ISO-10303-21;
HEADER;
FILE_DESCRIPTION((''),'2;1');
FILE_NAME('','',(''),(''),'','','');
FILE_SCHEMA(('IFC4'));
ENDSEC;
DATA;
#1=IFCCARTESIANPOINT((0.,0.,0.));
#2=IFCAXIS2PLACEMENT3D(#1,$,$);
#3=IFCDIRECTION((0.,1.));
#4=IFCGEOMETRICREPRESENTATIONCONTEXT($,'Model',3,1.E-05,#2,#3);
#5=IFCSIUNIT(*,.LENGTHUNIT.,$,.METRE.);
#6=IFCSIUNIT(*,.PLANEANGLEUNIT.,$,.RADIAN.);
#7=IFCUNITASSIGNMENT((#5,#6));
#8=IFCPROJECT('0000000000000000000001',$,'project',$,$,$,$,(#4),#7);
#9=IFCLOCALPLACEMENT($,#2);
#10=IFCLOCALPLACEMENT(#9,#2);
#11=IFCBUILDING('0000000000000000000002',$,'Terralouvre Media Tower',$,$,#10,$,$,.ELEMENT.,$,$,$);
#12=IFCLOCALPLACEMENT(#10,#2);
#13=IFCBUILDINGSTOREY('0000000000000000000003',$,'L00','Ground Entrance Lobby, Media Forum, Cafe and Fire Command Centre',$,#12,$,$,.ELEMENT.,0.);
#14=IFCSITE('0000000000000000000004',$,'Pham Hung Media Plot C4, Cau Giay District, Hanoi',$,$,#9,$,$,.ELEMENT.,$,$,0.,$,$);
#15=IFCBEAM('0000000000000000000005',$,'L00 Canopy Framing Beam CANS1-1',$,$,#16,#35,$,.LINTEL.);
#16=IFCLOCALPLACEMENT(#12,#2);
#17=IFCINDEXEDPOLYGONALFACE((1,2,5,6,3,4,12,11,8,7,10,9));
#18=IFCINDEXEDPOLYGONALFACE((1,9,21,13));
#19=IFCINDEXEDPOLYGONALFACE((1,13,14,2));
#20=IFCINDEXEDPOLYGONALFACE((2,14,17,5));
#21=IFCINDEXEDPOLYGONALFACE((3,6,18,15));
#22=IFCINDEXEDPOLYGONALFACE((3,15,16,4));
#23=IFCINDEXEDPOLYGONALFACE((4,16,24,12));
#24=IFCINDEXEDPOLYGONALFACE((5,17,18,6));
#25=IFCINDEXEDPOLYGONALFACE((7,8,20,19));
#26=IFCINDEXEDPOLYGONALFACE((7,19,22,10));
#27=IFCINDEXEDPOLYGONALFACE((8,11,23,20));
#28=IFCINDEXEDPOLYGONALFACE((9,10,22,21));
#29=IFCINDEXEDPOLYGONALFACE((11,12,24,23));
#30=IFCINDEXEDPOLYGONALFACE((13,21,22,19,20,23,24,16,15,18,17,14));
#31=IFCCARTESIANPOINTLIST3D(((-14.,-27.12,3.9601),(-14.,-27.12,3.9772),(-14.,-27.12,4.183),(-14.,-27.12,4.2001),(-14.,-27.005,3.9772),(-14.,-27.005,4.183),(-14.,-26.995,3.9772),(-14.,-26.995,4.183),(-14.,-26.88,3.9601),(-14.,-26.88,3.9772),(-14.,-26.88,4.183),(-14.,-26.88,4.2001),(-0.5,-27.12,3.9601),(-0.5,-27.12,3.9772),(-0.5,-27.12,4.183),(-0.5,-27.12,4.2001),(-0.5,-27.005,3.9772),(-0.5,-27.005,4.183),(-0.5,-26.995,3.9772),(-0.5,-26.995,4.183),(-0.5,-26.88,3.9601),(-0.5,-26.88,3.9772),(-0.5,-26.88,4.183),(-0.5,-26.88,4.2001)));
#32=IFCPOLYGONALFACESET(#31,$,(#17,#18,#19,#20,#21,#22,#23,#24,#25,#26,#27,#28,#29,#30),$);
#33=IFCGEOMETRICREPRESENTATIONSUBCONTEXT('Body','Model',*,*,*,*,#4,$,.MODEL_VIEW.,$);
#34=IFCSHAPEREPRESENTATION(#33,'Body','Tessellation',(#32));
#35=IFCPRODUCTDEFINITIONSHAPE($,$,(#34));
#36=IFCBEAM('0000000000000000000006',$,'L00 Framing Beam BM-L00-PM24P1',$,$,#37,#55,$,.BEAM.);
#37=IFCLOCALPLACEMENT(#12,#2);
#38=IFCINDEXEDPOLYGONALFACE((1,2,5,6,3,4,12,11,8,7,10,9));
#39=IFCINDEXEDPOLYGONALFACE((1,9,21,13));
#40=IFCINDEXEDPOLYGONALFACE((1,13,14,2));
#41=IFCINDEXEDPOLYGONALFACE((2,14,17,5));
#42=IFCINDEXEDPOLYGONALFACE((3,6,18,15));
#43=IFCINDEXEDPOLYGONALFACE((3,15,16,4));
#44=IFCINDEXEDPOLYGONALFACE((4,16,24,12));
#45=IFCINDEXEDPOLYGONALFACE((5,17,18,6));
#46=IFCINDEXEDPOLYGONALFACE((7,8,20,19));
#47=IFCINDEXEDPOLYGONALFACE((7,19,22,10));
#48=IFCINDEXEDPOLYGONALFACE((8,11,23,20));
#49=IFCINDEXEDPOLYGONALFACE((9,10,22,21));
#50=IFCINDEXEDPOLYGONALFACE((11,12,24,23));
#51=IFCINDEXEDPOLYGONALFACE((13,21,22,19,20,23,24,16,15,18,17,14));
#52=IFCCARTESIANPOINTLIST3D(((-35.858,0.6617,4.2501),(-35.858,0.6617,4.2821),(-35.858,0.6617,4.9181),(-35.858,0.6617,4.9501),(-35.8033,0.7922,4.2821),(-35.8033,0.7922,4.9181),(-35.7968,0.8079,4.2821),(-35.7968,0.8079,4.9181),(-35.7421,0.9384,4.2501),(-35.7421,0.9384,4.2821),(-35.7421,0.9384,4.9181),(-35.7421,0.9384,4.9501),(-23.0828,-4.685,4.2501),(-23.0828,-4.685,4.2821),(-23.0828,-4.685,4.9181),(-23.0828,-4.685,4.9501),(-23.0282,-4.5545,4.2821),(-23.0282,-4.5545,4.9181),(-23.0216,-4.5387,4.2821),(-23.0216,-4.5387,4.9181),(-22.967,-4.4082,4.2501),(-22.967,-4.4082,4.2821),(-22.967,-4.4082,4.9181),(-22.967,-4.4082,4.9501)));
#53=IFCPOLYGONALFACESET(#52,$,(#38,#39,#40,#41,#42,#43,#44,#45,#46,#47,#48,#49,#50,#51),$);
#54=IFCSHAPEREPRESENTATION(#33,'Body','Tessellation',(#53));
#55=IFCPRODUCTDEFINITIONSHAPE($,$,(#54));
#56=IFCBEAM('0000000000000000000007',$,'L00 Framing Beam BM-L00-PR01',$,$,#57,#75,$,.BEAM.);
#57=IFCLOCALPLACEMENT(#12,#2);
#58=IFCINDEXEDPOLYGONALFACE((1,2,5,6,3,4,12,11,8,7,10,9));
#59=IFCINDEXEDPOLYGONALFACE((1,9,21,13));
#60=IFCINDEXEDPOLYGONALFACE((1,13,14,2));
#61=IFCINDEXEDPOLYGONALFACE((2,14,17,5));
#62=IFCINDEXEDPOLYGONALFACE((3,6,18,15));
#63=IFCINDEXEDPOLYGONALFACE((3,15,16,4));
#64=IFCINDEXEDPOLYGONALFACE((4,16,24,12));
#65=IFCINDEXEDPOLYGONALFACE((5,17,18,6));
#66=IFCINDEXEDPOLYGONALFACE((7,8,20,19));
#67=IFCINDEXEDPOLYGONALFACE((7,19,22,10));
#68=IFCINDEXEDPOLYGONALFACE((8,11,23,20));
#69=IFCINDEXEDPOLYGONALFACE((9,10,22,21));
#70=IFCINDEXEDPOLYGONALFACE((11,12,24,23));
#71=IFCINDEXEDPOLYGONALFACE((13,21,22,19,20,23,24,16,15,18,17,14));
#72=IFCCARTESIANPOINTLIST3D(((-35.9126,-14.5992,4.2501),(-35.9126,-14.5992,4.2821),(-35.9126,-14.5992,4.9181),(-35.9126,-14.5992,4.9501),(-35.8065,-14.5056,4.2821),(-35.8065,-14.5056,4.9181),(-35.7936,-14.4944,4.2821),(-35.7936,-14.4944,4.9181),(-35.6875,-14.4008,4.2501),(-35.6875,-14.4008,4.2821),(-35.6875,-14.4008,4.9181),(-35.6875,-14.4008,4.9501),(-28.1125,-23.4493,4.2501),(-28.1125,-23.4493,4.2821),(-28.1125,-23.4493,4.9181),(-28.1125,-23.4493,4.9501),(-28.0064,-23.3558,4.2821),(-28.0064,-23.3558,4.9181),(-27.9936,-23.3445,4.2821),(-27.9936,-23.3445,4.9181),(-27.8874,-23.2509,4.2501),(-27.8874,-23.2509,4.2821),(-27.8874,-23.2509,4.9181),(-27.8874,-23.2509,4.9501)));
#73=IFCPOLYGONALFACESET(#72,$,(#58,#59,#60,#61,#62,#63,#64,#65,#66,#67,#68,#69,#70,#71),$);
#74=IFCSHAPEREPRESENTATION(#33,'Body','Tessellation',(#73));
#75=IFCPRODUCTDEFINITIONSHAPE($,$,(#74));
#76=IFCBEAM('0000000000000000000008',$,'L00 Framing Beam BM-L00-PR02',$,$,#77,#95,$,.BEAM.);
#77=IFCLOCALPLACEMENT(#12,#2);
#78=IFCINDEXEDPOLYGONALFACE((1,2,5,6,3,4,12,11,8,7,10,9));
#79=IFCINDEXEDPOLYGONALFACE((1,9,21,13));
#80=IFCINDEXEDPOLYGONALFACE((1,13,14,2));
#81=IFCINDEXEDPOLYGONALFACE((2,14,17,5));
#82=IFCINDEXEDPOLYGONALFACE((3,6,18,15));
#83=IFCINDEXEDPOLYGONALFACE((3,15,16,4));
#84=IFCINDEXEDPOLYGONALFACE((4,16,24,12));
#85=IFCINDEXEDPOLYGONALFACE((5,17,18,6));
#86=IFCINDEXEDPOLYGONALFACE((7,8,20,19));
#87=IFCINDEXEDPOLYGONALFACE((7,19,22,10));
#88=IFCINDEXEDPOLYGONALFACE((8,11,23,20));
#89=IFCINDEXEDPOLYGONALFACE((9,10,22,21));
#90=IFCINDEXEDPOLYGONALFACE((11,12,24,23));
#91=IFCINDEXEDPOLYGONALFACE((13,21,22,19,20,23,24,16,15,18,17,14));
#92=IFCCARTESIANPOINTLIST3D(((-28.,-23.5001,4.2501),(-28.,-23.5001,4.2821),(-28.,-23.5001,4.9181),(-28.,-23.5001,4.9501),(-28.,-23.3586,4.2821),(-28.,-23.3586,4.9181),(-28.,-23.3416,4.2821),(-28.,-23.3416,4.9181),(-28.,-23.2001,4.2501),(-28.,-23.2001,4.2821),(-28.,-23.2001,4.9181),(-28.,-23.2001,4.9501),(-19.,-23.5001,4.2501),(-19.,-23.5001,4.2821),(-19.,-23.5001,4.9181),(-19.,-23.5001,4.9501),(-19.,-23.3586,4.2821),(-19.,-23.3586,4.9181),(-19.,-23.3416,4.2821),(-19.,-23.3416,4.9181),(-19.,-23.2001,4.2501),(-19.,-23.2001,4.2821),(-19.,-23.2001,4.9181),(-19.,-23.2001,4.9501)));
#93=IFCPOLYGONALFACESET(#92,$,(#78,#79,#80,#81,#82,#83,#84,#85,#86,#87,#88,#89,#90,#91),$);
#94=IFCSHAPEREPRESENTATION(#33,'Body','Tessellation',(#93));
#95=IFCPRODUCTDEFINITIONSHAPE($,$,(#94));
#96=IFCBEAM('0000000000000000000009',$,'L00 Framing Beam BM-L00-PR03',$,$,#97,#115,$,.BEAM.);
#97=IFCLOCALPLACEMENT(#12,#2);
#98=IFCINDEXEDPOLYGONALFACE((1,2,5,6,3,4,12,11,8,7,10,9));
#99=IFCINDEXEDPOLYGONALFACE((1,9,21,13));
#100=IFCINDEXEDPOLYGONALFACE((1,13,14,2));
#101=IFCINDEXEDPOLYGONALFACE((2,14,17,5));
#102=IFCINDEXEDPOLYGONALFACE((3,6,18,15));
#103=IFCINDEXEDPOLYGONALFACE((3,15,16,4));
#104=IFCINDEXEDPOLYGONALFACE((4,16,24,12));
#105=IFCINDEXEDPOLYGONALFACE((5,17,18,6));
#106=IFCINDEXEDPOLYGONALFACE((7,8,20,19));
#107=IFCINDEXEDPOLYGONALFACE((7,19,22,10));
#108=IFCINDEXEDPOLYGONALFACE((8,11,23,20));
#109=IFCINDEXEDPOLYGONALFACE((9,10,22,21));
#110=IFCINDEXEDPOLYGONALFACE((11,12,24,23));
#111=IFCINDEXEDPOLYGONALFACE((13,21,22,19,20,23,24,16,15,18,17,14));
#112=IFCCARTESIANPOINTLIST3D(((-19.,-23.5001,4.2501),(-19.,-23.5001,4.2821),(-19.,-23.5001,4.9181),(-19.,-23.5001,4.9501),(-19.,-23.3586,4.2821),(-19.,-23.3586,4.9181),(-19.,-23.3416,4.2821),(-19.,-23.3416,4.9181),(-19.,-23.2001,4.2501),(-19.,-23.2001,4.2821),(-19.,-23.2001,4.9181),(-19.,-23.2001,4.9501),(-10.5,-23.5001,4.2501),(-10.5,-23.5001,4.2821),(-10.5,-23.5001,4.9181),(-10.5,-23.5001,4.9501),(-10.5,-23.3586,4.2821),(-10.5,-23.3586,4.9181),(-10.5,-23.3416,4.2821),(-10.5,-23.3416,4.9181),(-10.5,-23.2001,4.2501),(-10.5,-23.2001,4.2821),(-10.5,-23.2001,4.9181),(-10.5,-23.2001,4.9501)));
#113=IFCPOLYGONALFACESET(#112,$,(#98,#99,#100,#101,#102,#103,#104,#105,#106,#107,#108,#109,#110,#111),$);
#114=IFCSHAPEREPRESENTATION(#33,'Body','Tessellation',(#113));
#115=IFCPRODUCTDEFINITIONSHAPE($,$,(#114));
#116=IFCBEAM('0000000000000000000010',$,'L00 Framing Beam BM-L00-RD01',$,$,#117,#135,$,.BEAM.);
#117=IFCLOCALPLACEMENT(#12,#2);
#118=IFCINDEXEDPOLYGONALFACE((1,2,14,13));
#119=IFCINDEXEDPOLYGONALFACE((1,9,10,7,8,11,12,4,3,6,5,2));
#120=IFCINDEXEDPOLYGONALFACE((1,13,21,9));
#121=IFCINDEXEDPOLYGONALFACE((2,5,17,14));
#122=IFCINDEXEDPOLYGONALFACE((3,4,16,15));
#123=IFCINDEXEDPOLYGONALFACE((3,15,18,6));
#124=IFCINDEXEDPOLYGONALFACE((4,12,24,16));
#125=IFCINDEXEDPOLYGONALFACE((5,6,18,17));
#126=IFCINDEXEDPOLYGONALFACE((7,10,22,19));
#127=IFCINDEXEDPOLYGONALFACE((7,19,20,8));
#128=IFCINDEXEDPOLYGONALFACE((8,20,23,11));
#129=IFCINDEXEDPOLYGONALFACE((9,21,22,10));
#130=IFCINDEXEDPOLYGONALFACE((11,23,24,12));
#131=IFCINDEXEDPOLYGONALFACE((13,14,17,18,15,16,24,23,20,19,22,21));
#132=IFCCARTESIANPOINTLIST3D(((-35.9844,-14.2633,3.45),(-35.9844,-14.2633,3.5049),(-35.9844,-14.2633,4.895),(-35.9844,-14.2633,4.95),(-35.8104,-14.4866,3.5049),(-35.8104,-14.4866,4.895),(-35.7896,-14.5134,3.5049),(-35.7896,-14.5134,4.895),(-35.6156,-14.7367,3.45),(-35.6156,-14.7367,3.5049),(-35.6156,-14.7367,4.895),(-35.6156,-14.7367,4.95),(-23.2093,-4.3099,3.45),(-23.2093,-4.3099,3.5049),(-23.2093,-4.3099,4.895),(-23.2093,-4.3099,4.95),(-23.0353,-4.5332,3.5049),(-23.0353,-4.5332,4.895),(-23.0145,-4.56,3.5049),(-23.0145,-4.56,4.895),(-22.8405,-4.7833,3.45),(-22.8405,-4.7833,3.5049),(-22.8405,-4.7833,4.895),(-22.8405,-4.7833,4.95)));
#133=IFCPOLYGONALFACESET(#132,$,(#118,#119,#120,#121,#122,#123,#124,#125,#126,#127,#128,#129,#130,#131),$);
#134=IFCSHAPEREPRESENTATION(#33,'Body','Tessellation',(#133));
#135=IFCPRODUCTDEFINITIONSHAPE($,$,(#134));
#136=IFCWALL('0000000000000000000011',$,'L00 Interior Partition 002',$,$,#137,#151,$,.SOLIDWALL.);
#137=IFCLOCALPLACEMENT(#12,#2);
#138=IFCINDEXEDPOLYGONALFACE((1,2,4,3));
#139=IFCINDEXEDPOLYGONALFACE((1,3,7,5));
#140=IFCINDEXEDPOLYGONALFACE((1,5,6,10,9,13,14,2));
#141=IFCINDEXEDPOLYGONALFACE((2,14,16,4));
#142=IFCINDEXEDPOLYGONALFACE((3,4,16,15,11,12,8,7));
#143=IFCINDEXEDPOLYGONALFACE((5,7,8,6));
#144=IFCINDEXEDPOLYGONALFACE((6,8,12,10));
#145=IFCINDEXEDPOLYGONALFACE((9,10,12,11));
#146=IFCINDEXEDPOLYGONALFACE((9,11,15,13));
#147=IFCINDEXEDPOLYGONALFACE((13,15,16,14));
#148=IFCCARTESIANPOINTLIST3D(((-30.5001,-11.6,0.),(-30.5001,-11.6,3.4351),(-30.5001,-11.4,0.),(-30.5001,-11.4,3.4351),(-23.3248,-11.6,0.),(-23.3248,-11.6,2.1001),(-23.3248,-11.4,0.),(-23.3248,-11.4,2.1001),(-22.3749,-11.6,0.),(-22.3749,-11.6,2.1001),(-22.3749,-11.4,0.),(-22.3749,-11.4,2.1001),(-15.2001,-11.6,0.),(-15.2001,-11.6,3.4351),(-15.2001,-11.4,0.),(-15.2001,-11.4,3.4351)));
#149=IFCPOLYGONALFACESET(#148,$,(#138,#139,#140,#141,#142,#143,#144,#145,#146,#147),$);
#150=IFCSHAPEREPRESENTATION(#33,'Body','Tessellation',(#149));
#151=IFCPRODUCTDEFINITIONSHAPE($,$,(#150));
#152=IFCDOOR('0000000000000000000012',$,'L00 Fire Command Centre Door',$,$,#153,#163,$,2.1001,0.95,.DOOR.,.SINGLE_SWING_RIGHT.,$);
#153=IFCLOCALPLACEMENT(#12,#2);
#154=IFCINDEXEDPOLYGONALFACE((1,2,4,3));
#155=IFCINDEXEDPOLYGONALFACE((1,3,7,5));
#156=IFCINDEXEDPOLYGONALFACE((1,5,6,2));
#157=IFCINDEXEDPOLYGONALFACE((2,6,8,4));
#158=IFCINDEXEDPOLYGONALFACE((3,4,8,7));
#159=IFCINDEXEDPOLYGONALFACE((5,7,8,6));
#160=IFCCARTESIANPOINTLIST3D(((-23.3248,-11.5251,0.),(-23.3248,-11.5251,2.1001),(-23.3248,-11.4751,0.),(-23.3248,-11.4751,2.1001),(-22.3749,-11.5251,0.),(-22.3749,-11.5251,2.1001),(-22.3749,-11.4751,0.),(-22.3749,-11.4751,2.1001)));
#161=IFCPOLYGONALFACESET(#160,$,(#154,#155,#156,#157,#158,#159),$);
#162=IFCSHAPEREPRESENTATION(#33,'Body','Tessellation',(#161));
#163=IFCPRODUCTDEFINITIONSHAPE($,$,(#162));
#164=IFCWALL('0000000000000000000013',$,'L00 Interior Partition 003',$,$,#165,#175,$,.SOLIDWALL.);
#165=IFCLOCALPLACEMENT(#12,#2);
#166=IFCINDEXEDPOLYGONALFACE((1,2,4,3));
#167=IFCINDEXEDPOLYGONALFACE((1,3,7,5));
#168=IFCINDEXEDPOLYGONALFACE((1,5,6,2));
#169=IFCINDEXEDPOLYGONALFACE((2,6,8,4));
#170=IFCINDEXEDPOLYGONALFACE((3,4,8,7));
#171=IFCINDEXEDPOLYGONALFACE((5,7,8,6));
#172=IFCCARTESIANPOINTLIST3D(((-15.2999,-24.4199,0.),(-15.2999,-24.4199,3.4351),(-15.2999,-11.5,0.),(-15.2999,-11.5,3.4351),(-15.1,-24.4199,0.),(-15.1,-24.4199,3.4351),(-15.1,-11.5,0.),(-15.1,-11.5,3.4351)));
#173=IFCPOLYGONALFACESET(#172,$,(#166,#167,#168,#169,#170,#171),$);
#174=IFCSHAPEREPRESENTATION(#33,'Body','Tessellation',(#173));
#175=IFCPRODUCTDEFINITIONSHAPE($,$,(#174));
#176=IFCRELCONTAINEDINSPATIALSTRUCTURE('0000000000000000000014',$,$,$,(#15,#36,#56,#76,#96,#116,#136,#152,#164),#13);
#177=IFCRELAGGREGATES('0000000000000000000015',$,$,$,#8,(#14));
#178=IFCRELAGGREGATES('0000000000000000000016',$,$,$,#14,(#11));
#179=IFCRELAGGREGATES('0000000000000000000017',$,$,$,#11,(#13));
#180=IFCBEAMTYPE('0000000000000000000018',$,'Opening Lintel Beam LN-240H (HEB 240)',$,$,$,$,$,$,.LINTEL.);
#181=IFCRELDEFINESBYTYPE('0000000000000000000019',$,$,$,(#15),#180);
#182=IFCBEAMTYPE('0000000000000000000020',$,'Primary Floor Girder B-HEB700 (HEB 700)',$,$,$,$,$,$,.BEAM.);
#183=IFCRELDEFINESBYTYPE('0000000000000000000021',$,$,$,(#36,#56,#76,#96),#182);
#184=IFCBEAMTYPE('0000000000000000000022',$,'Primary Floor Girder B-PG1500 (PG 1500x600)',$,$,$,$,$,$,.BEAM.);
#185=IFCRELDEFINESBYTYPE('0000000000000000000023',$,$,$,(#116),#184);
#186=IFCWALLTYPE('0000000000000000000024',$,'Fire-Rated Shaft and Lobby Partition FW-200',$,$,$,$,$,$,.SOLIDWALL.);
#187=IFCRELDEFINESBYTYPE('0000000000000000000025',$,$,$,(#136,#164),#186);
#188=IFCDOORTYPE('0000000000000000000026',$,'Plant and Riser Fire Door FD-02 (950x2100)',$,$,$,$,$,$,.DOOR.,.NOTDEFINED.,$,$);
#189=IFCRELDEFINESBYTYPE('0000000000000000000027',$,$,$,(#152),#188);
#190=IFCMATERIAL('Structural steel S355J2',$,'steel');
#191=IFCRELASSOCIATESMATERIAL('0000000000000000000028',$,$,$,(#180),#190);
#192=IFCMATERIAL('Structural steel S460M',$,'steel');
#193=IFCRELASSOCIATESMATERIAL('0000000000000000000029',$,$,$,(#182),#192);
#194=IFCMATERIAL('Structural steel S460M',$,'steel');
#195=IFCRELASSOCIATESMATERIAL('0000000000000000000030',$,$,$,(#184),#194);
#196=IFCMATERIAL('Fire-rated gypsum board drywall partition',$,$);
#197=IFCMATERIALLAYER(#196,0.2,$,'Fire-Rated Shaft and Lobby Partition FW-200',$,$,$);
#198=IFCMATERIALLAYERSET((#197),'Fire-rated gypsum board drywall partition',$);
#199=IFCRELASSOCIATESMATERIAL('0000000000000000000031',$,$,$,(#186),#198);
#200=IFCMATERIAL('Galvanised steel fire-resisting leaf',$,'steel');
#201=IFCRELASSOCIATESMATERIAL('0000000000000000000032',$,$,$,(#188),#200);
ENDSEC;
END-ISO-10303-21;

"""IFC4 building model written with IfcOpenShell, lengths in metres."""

from ifc_helpers import new_model, si_unit, direction, frame, frame_2d, origin, origin_2d, place, context, subcontext, project, spatial, rectangle, i_section, extrude, material, layer, layer_set, material_profile, profile_set, type_object, element, fill, save


model = new_model("IFC4")

# Units and contexts
model_context = context("Model", 3, precision=1e-05, world=origin(), true_north=direction((0.0, 1.0)))
body_context = subcontext(model_context, "Body", "Model", "MODEL_VIEW")
ifc_project = project(units=[si_unit("LENGTHUNIT", "METRE"), si_unit("PLANEANGLEUNIT", "RADIAN")], contexts=[model_context])

# Site, building, storey
site_placement = place(None, origin())
site = spatial("IfcSite", under=ifc_project, at=site_placement, Name="Pham Hung Media Plot C4, Cau Giay District, Hanoi", CompositionType="ELEMENT", RefElevation=0.0)
building_placement = place(site_placement, origin())
building = spatial("IfcBuilding", under=site, at=building_placement, Name="Terralouvre Media Tower", CompositionType="ELEMENT")
storey_placement = place(building_placement, origin())
storey = spatial("IfcBuildingStorey", under=building, at=storey_placement, Name="L00", Description="Ground Entrance Lobby, Media Forum, Cafe and Fire Command Centre", CompositionType="ELEMENT", Elevation=0.0)

# Beams
ifc_material_1 = material(Name="Structural steel S355J2", Category="steel")
ifc_material_profile_1 = material_profile(ifc_material_1, i_section(OverallWidth=0.24, OverallDepth=0.24, WebThickness=0.01, FlangeThickness=0.0171, at=origin_2d()), Name="HEB 240")
ifc_profile_set_1 = profile_set([ifc_material_profile_1], Name="Structural steel S355J2")
beam_type_1 = type_object("IfcBeamType", Name="Opening Lintel Beam LN-240H (HEB 240)", PredefinedType="LINTEL", material=ifc_profile_set_1)
beam_1_placement = place(storey_placement, frame((-14.0, -27.0, 4.0801), z_axis=(1.0, 0.0, 0.0), x_axis=(0.0, 1.0, 0.0)))
element("IfcBeam", 1, at=beam_1_placement, inside=storey, type_object=beam_type_1, Name="L00 Canopy Framing Beam CANS1-1", PredefinedType="LINTEL", context=body_context, shape_type="SweptSolid", body=[
    extrude(i_section(OverallWidth=0.24, OverallDepth=0.24, WebThickness=0.01, FlangeThickness=0.0171, at=origin_2d()), origin(), (0.0, 0.0, 1.0), 13.5),
])
ifc_material_2 = material(Name="Structural steel S460M", Category="steel")
ifc_material_profile_2 = material_profile(ifc_material_2, i_section(OverallWidth=0.3, OverallDepth=0.7, WebThickness=0.0171, FlangeThickness=0.032, at=origin_2d()), Name="HEB 700")
ifc_profile_set_2 = profile_set([ifc_material_profile_2], Name="Structural steel S460M")
beam_type_2 = type_object("IfcBeamType", Name="Primary Floor Girder B-HEB700 (HEB 700)", PredefinedType="BEAM", material=ifc_profile_set_2)
beam_2_placement = place(storey_placement, frame((-23.0249, -4.5466, 4.6001), z_axis=(-0.922468, 0.386073, 0.0), x_axis=(-0.386073, -0.922468, 0.0)))
element("IfcBeam", 2, at=beam_2_placement, inside=storey, type_object=beam_type_2, Name="L00 Framing Beam BM-L00-PM24P1", PredefinedType="BEAM", context=body_context, shape_type="SweptSolid", body=[
    extrude(i_section(OverallWidth=0.3, OverallDepth=0.7, WebThickness=0.0171, FlangeThickness=0.032, at=origin_2d()), origin(), (0.0, 0.0, 1.0), 13.8489),
])
beam_3_placement = place(storey_placement, frame((-35.8, -14.5, 4.6001), z_axis=(0.661199, -0.75021, 0.0), x_axis=(0.75021, 0.661199, 0.0)))
element("IfcBeam", 3, at=beam_3_placement, inside=storey, type_object=beam_type_2, Name="L00 Framing Beam BM-L00-PR01", PredefinedType="BEAM", context=body_context, shape_type="SweptSolid", body=[
    extrude(i_section(OverallWidth=0.3, OverallDepth=0.7, WebThickness=0.0171, FlangeThickness=0.032, at=origin_2d()), origin(), (0.0, 0.0, 1.0), 11.7969),
])
beam_4_placement = place(storey_placement, frame((-28.0, -23.3501, 4.6001), z_axis=(1.0, 0.0, 0.0), x_axis=(0.0, 1.0, 0.0)))
element("IfcBeam", 4, at=beam_4_placement, inside=storey, type_object=beam_type_2, Name="L00 Framing Beam BM-L00-PR02", PredefinedType="BEAM", context=body_context, shape_type="SweptSolid", body=[
    extrude(i_section(OverallWidth=0.3, OverallDepth=0.7, WebThickness=0.0171, FlangeThickness=0.032, at=origin_2d()), origin(), (0.0, 0.0, 1.0), 9.0),
])
beam_5_placement = place(storey_placement, frame((-19.0, -23.3501, 4.6001), z_axis=(1.0, 0.0, 0.0), x_axis=(0.0, 1.0, 0.0)))
element("IfcBeam", 5, at=beam_5_placement, inside=storey, type_object=beam_type_2, Name="L00 Framing Beam BM-L00-PR03", PredefinedType="BEAM", context=body_context, shape_type="SweptSolid", body=[
    extrude(i_section(OverallWidth=0.3, OverallDepth=0.7, WebThickness=0.0171, FlangeThickness=0.032, at=origin_2d()), origin(), (0.0, 0.0, 1.0), 8.5),
])
ifc_material_3 = material(Name="Structural steel S460M", Category="steel")
ifc_material_profile_3 = material_profile(ifc_material_3, i_section(OverallWidth=0.6001, OverallDepth=1.5, WebThickness=0.0339, FlangeThickness=0.0549, at=origin_2d()), Name="PG 1500x600")
ifc_profile_set_3 = profile_set([ifc_material_profile_3], Name="Structural steel S460M")
beam_type_3 = type_object("IfcBeamType", Name="Primary Floor Girder B-PG1500 (PG 1500x600)", PredefinedType="BEAM", material=ifc_profile_set_3)
beam_6_placement = place(storey_placement, frame((-23.0249, -4.5466, 4.2), z_axis=(-0.788839, -0.6146, 0.0), x_axis=(0.6146, -0.788839, 0.0)))
element("IfcBeam", 6, at=beam_6_placement, inside=storey, type_object=beam_type_3, Name="L00 Framing Beam BM-L00-RD01", PredefinedType="BEAM", context=body_context, shape_type="SweptSolid", body=[
    extrude(i_section(OverallWidth=0.6001, OverallDepth=1.5, WebThickness=0.0339, FlangeThickness=0.0549, at=origin_2d()), origin(), (0.0, 0.0, 1.0), 16.1948),
])

# Wall, opening, door
ifc_material_4 = material(Name="Fire-rated gypsum board drywall partition")
ifc_layer_1 = layer(ifc_material_4, 0.2, Name="Fire-Rated Shaft and Lobby Partition FW-200")
ifc_layer_set_1 = layer_set([ifc_layer_1], Name="Fire-rated gypsum board drywall partition")
wall_type_1 = type_object("IfcWallType", Name="Fire-Rated Shaft and Lobby Partition FW-200", PredefinedType="SOLIDWALL", material=ifc_layer_set_1)
wall_1_placement = place(storey_placement, frame((-30.5, -11.5, 0.0), z_axis=(0.0, 0.0, 1.0), x_axis=(1.0, 0.0, 0.0)))
wall_1 = element("IfcWall", 7, at=wall_1_placement, inside=storey, type_object=wall_type_1, Name="L00 Interior Partition 002", PredefinedType="SOLIDWALL", context=body_context, shape_type="SweptSolid", body=[
    extrude(rectangle(XDim=15.3, YDim=0.2, at=frame_2d((7.6499, 0.0))), origin(), (0.0, 0.0, 1.0), 3.4351),
])
opening_1_placement = place(wall_1_placement, frame((7.175, 0.0, 0.0)))
opening_1 = element("IfcOpeningElement", 8, at=opening_1_placement, cuts=wall_1, PredefinedType="OPENING", context=body_context, shape_type="SweptSolid", body=[
    extrude(rectangle(XDim=0.95, YDim=2.1001, at=frame_2d((0.4751, 1.05))), frame((0.0, 0.1099, 0.0), z_axis=(0.0, -1.0, 0.0), x_axis=(1.0, 0.0, 0.0)), (0.0, 0.0, 1.0), 0.22),
])
ifc_material_5 = material(Name="Galvanised steel fire-resisting leaf", Category="steel")
door_type_1 = type_object("IfcDoorType", Name="Plant and Riser Fire Door FD-02 (950x2100)", OperationType="NOTDEFINED", PredefinedType="DOOR", material=ifc_material_5)
door_1_placement = place(opening_1_placement, origin())
door_1 = element("IfcDoor", 9, at=door_1_placement, inside=storey, type_object=door_type_1, Name="L00 Fire Command Centre Door", OperationType="SINGLE_SWING_RIGHT", OverallHeight=2.1001, OverallWidth=0.95, PredefinedType="DOOR", context=body_context, shape_type="SweptSolid", body=[
    extrude(rectangle(XDim=0.95, YDim=2.1001, at=frame_2d((0.4751, 1.05))), frame((0.0, 0.0249, 0.0), z_axis=(0.0, -1.0, 0.0), x_axis=(1.0, 0.0, 0.0)), (0.0, 0.0, 1.0), 0.05),
])
fill(opening_1, door_1)

# Wall
wall_2_placement = place(storey_placement, frame((-15.2, -11.5, 0.0), z_axis=(0.0, 0.0, 1.0), x_axis=(0.0, -1.0, 0.0)))
element("IfcWall", 10, at=wall_2_placement, inside=storey, type_object=wall_type_1, Name="L00 Interior Partition 003", PredefinedType="SOLIDWALL", context=body_context, shape_type="SweptSolid", body=[
    extrude(rectangle(XDim=12.9199, YDim=0.2, at=frame_2d((6.46, 0.0))), origin(), (0.0, 0.0, 1.0), 3.4351),
])

save(model, "model.ifc")
